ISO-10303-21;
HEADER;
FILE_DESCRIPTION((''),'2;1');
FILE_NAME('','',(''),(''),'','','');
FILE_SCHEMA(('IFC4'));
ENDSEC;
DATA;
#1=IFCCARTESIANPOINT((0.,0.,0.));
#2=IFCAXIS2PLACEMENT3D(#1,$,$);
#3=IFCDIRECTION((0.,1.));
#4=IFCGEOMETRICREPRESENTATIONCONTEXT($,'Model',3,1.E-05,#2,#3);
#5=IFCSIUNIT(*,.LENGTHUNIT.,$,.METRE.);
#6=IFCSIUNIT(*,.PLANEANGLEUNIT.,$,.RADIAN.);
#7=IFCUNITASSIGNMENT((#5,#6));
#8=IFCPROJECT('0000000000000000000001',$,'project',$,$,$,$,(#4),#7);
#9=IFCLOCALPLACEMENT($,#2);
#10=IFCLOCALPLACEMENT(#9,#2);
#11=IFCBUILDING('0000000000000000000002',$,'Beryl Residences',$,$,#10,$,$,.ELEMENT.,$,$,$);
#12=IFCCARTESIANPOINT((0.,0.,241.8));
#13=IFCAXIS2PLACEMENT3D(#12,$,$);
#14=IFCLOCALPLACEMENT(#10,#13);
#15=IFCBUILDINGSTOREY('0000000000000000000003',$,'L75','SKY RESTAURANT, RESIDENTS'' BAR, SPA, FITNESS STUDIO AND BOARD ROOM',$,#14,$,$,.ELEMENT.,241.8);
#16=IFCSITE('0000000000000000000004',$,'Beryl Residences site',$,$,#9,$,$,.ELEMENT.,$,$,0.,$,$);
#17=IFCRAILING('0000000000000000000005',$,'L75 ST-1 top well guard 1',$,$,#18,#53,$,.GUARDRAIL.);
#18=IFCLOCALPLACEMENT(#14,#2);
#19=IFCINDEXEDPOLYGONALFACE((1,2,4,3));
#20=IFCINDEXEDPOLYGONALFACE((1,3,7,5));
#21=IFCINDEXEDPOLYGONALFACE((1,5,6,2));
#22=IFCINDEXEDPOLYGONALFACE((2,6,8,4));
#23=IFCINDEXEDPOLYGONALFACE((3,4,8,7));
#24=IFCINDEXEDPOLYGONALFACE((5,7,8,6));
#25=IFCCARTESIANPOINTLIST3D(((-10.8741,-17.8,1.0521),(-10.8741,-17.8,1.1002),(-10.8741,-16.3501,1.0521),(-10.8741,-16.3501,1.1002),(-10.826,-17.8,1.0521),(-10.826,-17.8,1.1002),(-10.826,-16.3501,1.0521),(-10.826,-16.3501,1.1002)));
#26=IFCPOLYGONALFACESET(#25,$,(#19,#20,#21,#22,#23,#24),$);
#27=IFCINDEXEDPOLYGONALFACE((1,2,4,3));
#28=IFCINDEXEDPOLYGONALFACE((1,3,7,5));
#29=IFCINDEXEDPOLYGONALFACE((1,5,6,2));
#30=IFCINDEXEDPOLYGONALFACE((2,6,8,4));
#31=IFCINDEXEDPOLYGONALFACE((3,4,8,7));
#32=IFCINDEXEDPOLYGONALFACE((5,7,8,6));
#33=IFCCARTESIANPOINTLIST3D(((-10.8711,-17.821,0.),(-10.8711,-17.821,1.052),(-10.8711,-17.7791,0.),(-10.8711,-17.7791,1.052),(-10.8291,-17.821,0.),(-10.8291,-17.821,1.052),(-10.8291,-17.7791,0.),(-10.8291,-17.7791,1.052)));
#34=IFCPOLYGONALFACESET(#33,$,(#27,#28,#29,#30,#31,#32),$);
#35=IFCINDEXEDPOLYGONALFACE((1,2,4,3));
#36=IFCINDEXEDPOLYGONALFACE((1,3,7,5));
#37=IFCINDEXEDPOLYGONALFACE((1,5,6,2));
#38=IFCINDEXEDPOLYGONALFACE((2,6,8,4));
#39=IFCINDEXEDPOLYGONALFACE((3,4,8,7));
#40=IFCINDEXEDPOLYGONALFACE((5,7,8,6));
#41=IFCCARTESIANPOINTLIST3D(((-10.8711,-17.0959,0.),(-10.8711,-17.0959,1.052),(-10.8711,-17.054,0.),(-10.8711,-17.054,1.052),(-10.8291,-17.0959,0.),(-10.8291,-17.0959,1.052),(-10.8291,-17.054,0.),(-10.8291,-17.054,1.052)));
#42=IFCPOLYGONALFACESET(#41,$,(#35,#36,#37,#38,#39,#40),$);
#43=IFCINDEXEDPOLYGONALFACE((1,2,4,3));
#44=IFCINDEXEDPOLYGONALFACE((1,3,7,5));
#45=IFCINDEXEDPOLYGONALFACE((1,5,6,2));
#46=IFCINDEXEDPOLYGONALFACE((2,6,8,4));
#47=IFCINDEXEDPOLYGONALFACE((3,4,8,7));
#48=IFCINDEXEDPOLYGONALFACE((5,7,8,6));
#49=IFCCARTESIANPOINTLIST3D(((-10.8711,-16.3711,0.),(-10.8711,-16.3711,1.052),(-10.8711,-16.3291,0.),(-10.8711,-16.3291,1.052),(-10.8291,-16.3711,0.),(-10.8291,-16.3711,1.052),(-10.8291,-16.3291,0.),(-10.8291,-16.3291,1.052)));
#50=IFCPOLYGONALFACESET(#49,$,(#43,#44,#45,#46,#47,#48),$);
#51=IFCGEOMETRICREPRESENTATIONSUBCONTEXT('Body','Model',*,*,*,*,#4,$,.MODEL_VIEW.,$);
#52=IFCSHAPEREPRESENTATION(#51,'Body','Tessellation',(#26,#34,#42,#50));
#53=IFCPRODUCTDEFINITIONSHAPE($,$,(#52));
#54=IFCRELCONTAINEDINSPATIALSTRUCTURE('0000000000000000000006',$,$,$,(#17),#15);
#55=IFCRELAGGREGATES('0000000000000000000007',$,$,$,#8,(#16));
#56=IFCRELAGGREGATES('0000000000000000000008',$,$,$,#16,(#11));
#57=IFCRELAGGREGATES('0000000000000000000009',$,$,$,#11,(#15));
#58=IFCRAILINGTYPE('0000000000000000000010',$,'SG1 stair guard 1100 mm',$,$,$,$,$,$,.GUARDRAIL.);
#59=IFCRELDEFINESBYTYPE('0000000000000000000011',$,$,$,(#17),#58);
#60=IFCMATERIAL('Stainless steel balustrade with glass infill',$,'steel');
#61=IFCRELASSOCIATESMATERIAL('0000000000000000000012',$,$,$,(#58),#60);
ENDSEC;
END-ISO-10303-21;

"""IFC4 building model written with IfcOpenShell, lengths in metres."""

from ifc_helpers import new_model, si_unit, direction, frame, origin, origin_2d, place, context, subcontext, project, spatial, rectangle, extrude, material, type_object, element, save


model = new_model("IFC4")

# Units and contexts
model_context = context("Model", 3, precision=1e-05, world=origin(), true_north=direction((0.0, 1.0)))
body_context = subcontext(model_context, "Body", "Model", "MODEL_VIEW")
ifc_project = project(units=[si_unit("LENGTHUNIT", "METRE"), si_unit("PLANEANGLEUNIT", "RADIAN")], contexts=[model_context])

# Site, building, storey
site_placement = place(None, origin())
site = spatial("IfcSite", under=ifc_project, at=site_placement, Name="Beryl Residences site", CompositionType="ELEMENT", RefElevation=0.0)
building_placement = place(site_placement, origin())
building = spatial("IfcBuilding", under=site, at=building_placement, Name="Beryl Residences", CompositionType="ELEMENT")
storey_placement = place(building_placement, frame((0.0, 0.0, 241.8)))
storey = spatial("IfcBuildingStorey", under=building, at=storey_placement, Name="L75", Description="SKY RESTAURANT, RESIDENTS' BAR, SPA, FITNESS STUDIO AND BOARD ROOM", CompositionType="ELEMENT", Elevation=241.8)

# Railing
ifc_material_1 = material(Name="Stainless steel balustrade with glass infill", Category="steel")
railing_type = type_object("IfcRailingType", Name="SG1 stair guard 1100 mm", PredefinedType="GUARDRAIL", material=ifc_material_1)
railing_placement = place(storey_placement, frame((-10.8501, -17.8, 0.0)))
element("IfcRailing", 1, at=railing_placement, inside=storey, type_object=railing_type, Name="L75 ST-1 top well guard 1", PredefinedType="GUARDRAIL", context=body_context, shape_type="SweptSolid", body=[
    extrude(rectangle(XDim=0.0481, YDim=0.0481, at=origin_2d()), frame((0.0, 0.0, 1.0762), z_axis=(0.0, 1.0, 0.0), x_axis=(-1.0, 0.0, 0.0)), (0.0, 0.0, 1.0), 1.45),
    extrude(rectangle(XDim=0.042, YDim=0.042, at=origin_2d()), origin(), (0.0, 0.0, 1.0), 1.052),
    extrude(rectangle(XDim=0.042, YDim=0.042, at=origin_2d()), frame((0.0, 0.7251, 0.0)), (0.0, 0.0, 1.0), 1.052),
    extrude(rectangle(XDim=0.042, YDim=0.042, at=origin_2d()), frame((0.0, 1.45, 0.0)), (0.0, 0.0, 1.0), 1.052),
])

save(model, "model.ifc")
